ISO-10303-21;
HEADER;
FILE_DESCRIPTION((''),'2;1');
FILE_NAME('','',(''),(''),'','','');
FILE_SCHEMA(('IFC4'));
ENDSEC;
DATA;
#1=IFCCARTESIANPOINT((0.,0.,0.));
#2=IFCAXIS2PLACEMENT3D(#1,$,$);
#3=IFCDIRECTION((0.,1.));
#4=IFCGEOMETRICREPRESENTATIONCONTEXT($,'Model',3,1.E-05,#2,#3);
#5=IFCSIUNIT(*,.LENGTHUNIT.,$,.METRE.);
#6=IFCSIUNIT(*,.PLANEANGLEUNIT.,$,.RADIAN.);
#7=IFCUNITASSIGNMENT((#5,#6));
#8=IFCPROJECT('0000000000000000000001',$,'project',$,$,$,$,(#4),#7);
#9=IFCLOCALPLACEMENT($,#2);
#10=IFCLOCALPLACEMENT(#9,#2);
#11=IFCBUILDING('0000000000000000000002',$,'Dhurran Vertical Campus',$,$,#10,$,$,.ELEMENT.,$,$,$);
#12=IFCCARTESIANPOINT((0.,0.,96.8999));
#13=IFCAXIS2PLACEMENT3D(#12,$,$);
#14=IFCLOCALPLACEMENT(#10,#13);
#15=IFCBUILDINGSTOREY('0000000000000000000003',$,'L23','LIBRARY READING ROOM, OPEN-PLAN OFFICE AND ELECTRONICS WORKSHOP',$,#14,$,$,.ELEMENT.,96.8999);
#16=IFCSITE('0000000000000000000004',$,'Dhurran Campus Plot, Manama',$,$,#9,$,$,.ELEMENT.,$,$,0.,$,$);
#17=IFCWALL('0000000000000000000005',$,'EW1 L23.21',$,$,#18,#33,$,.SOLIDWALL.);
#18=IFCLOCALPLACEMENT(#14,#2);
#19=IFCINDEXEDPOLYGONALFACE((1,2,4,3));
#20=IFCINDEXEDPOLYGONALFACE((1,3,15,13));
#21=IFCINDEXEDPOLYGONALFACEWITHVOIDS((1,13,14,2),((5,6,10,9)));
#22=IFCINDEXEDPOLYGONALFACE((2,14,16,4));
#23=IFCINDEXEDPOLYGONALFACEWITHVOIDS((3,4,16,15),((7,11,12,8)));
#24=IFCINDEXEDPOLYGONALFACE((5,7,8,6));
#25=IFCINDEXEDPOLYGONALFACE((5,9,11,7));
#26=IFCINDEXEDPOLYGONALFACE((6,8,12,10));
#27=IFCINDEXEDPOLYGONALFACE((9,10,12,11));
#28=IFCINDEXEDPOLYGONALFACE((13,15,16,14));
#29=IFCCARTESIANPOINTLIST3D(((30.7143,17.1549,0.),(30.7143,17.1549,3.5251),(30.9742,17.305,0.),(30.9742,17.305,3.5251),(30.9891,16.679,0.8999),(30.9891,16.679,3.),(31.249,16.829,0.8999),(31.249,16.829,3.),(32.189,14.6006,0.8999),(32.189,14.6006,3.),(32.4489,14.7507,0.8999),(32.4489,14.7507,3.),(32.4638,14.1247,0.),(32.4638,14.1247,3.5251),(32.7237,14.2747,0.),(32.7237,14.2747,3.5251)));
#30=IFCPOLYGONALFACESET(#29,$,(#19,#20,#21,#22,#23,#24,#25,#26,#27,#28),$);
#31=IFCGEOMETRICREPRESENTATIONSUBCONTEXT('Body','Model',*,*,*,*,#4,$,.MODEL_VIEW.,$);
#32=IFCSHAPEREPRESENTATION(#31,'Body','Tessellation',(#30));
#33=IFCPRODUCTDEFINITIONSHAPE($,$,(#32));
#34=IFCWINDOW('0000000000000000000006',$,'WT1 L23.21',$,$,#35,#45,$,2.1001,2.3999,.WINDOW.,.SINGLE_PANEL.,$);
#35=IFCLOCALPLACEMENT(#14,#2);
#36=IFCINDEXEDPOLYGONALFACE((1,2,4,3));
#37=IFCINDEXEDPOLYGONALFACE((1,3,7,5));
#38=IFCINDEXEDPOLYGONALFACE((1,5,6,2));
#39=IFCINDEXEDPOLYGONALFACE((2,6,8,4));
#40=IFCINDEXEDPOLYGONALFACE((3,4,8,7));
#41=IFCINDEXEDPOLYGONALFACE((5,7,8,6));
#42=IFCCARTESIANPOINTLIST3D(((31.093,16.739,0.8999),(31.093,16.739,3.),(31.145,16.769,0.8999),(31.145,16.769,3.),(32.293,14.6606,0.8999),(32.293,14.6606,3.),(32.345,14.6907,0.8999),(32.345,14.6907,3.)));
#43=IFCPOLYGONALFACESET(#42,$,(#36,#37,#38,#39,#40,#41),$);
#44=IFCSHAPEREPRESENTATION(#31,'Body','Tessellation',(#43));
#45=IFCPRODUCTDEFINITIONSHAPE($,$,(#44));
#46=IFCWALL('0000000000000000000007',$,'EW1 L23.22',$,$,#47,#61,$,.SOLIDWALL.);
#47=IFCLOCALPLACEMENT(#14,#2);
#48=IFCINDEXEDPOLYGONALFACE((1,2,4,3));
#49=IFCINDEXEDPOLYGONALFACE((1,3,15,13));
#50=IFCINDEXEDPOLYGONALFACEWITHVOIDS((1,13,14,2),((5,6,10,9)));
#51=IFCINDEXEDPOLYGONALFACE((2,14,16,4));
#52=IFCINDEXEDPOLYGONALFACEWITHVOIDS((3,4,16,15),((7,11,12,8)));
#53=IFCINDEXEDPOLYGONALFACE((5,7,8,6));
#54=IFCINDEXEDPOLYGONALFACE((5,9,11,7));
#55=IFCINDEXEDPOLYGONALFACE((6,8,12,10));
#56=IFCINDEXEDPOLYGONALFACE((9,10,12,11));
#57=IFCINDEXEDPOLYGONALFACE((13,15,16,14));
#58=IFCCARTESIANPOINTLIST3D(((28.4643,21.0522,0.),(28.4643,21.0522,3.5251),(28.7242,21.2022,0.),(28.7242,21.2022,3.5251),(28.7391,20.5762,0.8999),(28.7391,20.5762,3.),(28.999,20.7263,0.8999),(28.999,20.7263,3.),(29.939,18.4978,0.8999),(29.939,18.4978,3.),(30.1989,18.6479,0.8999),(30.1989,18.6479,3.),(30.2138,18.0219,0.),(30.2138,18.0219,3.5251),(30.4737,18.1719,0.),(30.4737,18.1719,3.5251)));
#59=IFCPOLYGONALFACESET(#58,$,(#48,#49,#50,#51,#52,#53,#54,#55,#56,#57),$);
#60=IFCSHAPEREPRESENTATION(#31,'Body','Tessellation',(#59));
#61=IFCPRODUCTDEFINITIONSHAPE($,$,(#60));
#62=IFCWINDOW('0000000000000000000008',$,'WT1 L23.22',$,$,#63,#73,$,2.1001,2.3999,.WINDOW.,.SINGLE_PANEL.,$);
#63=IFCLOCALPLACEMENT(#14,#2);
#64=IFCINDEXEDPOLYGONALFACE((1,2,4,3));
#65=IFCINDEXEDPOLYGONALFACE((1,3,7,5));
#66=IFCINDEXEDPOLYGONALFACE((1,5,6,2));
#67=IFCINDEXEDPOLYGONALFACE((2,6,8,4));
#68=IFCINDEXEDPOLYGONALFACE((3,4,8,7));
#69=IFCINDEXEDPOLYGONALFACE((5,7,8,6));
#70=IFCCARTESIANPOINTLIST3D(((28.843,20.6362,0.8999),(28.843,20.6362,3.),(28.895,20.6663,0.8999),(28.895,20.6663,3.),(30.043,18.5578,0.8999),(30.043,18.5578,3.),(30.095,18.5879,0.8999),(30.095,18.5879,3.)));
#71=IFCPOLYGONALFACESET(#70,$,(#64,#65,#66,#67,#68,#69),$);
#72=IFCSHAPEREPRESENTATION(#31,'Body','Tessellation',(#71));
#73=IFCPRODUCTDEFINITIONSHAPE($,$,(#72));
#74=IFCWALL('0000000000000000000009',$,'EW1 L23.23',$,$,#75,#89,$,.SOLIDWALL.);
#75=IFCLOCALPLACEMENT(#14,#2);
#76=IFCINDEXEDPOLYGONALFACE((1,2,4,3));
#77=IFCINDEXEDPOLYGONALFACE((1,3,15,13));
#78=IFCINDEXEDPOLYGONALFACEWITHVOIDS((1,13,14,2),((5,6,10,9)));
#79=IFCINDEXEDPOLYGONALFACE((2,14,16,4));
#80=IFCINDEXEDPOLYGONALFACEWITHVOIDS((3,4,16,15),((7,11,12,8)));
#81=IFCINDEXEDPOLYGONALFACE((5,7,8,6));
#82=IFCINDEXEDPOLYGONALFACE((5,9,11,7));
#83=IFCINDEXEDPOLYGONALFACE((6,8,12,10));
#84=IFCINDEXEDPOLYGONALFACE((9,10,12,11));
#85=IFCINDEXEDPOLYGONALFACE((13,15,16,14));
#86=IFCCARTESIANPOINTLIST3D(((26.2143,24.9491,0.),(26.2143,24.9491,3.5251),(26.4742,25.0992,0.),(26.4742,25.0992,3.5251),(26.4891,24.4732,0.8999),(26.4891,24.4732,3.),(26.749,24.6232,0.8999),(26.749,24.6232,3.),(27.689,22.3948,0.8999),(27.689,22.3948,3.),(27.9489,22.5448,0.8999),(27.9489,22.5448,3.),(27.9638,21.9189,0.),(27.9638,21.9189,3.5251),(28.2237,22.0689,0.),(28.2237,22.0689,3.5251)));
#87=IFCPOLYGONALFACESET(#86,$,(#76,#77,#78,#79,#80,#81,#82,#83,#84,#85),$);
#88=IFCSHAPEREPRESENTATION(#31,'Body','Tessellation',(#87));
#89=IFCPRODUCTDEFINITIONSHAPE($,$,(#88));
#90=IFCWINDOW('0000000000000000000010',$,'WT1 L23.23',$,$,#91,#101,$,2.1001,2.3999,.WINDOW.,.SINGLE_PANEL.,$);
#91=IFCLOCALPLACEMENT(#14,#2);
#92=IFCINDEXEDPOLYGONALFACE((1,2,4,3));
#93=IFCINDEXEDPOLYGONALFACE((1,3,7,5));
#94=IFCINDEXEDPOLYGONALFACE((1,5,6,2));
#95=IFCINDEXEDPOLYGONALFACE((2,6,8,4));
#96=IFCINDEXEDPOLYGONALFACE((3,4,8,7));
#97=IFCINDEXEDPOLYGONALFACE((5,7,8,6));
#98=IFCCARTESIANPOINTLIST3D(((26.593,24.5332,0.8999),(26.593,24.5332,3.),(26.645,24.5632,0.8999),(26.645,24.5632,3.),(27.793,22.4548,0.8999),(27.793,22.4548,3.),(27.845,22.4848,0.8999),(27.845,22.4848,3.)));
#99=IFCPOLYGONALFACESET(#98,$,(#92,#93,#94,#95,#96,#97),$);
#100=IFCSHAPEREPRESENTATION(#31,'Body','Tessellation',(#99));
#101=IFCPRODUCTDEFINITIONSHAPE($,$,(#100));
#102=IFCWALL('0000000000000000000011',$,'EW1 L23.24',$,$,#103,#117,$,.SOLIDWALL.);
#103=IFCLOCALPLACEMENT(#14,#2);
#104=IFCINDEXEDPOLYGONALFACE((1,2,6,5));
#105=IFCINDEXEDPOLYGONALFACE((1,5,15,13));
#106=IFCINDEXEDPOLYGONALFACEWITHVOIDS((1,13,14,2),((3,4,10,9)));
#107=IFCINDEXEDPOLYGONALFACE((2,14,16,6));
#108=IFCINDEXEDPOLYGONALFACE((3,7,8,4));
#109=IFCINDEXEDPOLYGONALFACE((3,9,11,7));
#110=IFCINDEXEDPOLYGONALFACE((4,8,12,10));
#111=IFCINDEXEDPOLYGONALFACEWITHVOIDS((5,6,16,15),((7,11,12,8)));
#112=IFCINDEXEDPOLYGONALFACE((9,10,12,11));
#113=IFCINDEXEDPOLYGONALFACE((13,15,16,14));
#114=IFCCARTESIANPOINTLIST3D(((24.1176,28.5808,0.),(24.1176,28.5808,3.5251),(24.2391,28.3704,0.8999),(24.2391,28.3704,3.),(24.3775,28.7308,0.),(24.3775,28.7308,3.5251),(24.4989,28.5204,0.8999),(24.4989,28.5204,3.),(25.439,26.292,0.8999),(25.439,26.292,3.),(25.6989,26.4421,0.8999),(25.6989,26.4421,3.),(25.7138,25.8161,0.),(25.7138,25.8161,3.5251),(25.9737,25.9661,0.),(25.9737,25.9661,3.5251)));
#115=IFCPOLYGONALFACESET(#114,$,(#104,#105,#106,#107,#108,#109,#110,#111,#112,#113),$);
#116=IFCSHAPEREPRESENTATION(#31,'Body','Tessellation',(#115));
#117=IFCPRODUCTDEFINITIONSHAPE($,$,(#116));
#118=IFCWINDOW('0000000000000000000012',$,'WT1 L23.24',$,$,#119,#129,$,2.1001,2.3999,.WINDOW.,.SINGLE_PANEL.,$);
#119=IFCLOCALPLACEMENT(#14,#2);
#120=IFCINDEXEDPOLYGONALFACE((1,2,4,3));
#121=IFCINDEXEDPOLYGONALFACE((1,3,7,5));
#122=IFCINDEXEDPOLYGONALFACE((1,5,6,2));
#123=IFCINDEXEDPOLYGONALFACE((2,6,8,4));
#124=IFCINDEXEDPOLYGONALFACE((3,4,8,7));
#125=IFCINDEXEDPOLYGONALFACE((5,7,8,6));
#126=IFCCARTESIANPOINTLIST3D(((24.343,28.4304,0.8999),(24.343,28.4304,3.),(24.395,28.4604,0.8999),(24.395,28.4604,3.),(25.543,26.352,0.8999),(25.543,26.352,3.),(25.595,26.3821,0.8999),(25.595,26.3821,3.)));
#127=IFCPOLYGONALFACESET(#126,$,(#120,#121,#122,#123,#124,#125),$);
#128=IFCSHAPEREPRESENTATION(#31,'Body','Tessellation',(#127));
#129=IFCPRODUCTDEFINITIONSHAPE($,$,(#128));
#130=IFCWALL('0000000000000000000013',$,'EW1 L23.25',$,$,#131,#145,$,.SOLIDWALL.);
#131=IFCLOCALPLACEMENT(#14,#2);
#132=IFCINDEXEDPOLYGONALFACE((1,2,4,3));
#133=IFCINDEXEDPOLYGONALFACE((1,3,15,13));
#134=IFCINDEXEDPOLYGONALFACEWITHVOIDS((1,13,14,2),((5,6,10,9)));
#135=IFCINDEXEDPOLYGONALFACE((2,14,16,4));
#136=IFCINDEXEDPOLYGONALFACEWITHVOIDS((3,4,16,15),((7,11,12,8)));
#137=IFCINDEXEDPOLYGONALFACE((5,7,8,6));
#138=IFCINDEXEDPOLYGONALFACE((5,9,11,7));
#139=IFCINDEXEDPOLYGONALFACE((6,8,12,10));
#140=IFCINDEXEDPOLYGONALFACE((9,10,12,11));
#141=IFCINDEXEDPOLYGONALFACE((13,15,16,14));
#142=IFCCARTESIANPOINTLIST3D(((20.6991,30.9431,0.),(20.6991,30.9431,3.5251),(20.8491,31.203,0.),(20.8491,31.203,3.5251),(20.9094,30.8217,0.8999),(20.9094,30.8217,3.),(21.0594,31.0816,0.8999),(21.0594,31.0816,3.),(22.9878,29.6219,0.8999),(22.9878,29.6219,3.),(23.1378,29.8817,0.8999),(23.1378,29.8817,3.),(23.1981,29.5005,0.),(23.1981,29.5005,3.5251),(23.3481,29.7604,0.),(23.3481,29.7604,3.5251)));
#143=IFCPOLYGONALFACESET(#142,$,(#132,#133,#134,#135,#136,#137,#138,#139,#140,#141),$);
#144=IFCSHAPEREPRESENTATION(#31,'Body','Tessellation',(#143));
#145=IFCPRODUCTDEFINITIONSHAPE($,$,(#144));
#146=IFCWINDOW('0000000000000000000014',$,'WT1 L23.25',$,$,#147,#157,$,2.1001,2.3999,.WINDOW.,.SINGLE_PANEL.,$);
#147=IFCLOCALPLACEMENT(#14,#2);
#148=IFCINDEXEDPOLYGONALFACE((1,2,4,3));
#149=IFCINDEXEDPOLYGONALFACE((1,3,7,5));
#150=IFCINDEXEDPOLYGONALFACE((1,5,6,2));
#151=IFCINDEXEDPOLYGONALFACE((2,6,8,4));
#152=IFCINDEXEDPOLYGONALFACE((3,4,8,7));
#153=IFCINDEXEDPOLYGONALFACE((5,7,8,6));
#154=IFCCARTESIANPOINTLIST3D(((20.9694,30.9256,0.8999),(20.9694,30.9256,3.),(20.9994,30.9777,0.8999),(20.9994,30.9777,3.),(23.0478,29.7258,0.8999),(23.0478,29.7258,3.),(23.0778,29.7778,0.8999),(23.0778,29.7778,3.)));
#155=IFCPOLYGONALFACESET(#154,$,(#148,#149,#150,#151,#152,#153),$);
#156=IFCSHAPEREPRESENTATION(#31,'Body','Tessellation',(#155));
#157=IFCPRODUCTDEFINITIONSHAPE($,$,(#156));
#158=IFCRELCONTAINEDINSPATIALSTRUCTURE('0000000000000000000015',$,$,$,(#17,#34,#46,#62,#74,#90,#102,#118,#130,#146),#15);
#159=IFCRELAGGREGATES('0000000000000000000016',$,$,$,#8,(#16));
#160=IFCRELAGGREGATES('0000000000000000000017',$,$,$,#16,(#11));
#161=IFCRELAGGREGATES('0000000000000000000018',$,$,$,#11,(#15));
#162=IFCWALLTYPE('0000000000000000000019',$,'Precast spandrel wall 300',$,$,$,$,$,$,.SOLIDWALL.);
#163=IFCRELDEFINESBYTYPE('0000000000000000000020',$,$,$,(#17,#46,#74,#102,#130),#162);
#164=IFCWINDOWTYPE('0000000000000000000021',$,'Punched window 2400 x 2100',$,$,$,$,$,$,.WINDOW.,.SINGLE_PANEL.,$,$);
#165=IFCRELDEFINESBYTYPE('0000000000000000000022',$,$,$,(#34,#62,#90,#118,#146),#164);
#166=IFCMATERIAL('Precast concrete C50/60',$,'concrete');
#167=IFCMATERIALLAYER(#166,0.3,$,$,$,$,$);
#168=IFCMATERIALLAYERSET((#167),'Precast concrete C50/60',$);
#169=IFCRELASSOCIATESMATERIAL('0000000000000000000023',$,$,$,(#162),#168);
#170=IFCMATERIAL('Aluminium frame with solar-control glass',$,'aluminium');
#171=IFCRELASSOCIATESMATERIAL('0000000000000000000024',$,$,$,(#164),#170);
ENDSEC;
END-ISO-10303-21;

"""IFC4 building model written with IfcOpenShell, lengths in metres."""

from ifc_helpers import new_model, si_unit, direction, frame, frame_2d, origin, place, context, subcontext, project, spatial, rectangle, extrude, material, layer, layer_set, type_object, element, fill, save


model = new_model("IFC4")

# Units and contexts
model_context = context("Model", 3, precision=1e-05, world=origin(), true_north=direction((0.0, 1.0)))
body_context = subcontext(model_context, "Body", "Model", "MODEL_VIEW")
ifc_project = project(units=[si_unit("LENGTHUNIT", "METRE"), si_unit("PLANEANGLEUNIT", "RADIAN")], contexts=[model_context])

# Site, building, storey
site_placement = place(None, origin())
site = spatial("IfcSite", under=ifc_project, at=site_placement, Name="Dhurran Campus Plot, Manama", CompositionType="ELEMENT", RefElevation=0.0)
building_placement = place(site_placement, origin())
building = spatial("IfcBuilding", under=site, at=building_placement, Name="Dhurran Vertical Campus", CompositionType="ELEMENT")
storey_placement = place(building_placement, frame((0.0, 0.0, 96.8999)))
storey = spatial("IfcBuildingStorey", under=building, at=storey_placement, Name="L23", Description="LIBRARY READING ROOM, OPEN-PLAN OFFICE AND ELECTRONICS WORKSHOP", CompositionType="ELEMENT", Elevation=96.8999)

# Walls, openings, windows
ifc_material_1 = material(Name="Precast concrete C50/60", Category="concrete")
ifc_layer_1 = layer(ifc_material_1, 0.3)
ifc_layer_set_1 = layer_set([ifc_layer_1], Name="Precast concrete C50/60")
wall_type_1 = type_object("IfcWallType", Name="Precast spandrel wall 300", PredefinedType="SOLIDWALL", material=ifc_layer_set_1)
wall_1_placement = place(storey_placement, frame((32.5938, 14.1997, 0.0), z_axis=(0.0, 0.0, 1.0), x_axis=(-0.499996, 0.866028, 0.0)))
wall_1 = element("IfcWall", 1, at=wall_1_placement, inside=storey, type_object=wall_type_1, Name="EW1 L23.21", PredefinedType="SOLIDWALL", context=body_context, shape_type="SweptSolid", body=[
    extrude(rectangle(XDim=3.499, YDim=0.3, at=frame_2d((1.7495, 0.0))), origin(), (0.0, 0.0, 1.0), 3.5251),
])
opening_1_placement = place(wall_1_placement, frame((0.5496, 0.0, 0.8999)))
opening_1 = element("IfcOpeningElement", 2, at=opening_1_placement, cuts=wall_1, PredefinedType="OPENING", context=body_context, shape_type="SweptSolid", body=[
    extrude(rectangle(XDim=2.3999, YDim=2.1001, at=frame_2d((1.2, 1.05))), frame((0.0, 0.1599, 0.0), z_axis=(0.0, -1.0, 0.0), x_axis=(1.0, 0.0, 0.0)), (0.0, 0.0, 1.0), 0.3201),
])
ifc_material_2 = material(Name="Aluminium frame with solar-control glass", Category="aluminium")
window_type = type_object("IfcWindowType", Name="Punched window 2400 x 2100", PartitioningType="SINGLE_PANEL", PredefinedType="WINDOW", material=ifc_material_2)
window_1_placement = place(opening_1_placement, origin())
window_1 = element("IfcWindow", 3, at=window_1_placement, inside=storey, type_object=window_type, Name="WT1 L23.21", OverallHeight=2.1001, OverallWidth=2.3999, PartitioningType="SINGLE_PANEL", PredefinedType="WINDOW", context=body_context, shape_type="SweptSolid", body=[
    extrude(rectangle(XDim=2.3999, YDim=2.1001, at=frame_2d((1.2, 1.05))), frame((0.0, 0.03, 0.0), z_axis=(0.0, -1.0, 0.0), x_axis=(1.0, 0.0, 0.0)), (0.0, 0.0, 1.0), 0.0601),
])
fill(opening_1, window_1)
wall_2_placement = place(storey_placement, frame((30.3438, 18.0969, 0.0), z_axis=(0.0, 0.0, 1.0), x_axis=(-0.499996, 0.866028, 0.0)))
wall_2 = element("IfcWall", 4, at=wall_2_placement, inside=storey, type_object=wall_type_1, Name="EW1 L23.22", PredefinedType="SOLIDWALL", context=body_context, shape_type="SweptSolid", body=[
    extrude(rectangle(XDim=3.499, YDim=0.3, at=frame_2d((1.7495, 0.0))), origin(), (0.0, 0.0, 1.0), 3.5251),
])
opening_2_placement = place(wall_2_placement, frame((0.5496, 0.0, 0.8999)))
opening_2 = element("IfcOpeningElement", 5, at=opening_2_placement, cuts=wall_2, PredefinedType="OPENING", context=body_context, shape_type="SweptSolid", body=[
    extrude(rectangle(XDim=2.3999, YDim=2.1001, at=frame_2d((1.2, 1.05))), frame((0.0, 0.1599, 0.0), z_axis=(0.0, -1.0, 0.0), x_axis=(1.0, 0.0, 0.0)), (0.0, 0.0, 1.0), 0.3201),
])
window_2_placement = place(opening_2_placement, origin())
window_2 = element("IfcWindow", 6, at=window_2_placement, inside=storey, type_object=window_type, Name="WT1 L23.22", OverallHeight=2.1001, OverallWidth=2.3999, PartitioningType="SINGLE_PANEL", PredefinedType="WINDOW", context=body_context, shape_type="SweptSolid", body=[
    extrude(rectangle(XDim=2.3999, YDim=2.1001, at=frame_2d((1.2, 1.05))), frame((0.0, 0.03, 0.0), z_axis=(0.0, -1.0, 0.0), x_axis=(1.0, 0.0, 0.0)), (0.0, 0.0, 1.0), 0.0601),
])
fill(opening_2, window_2)
wall_3_placement = place(storey_placement, frame((28.0938, 21.9939, 0.0), z_axis=(0.0, 0.0, 1.0), x_axis=(-0.499996, 0.866028, 0.0)))
wall_3 = element("IfcWall", 7, at=wall_3_placement, inside=storey, type_object=wall_type_1, Name="EW1 L23.23", PredefinedType="SOLIDWALL", context=body_context, shape_type="SweptSolid", body=[
    extrude(rectangle(XDim=3.499, YDim=0.3, at=frame_2d((1.7495, 0.0))), origin(), (0.0, 0.0, 1.0), 3.5251),
])
opening_3_placement = place(wall_3_placement, frame((0.5496, 0.0, 0.8999)))
opening_3 = element("IfcOpeningElement", 8, at=opening_3_placement, cuts=wall_3, PredefinedType="OPENING", context=body_context, shape_type="SweptSolid", body=[
    extrude(rectangle(XDim=2.3999, YDim=2.1001, at=frame_2d((1.2, 1.05))), frame((0.0, 0.1599, 0.0), z_axis=(0.0, -1.0, 0.0), x_axis=(1.0, 0.0, 0.0)), (0.0, 0.0, 1.0), 0.3201),
])
window_3_placement = place(opening_3_placement, origin())
window_3 = element("IfcWindow", 9, at=window_3_placement, inside=storey, type_object=window_type, Name="WT1 L23.23", OverallHeight=2.1001, OverallWidth=2.3999, PartitioningType="SINGLE_PANEL", PredefinedType="WINDOW", context=body_context, shape_type="SweptSolid", body=[
    extrude(rectangle(XDim=2.3999, YDim=2.1001, at=frame_2d((1.2, 1.05))), frame((0.0, 0.03, 0.0), z_axis=(0.0, -1.0, 0.0), x_axis=(1.0, 0.0, 0.0)), (0.0, 0.0, 1.0), 0.0601),
])
fill(opening_3, window_3)
wall_4_placement = place(storey_placement, frame((25.8438, 25.8911, 0.0), z_axis=(0.0, 0.0, 1.0), x_axis=(-0.500005, 0.866023, 0.0)))
wall_4 = element("IfcWall", 10, at=wall_4_placement, inside=storey, type_object=wall_type_1, Name="EW1 L23.24", PredefinedType="SOLIDWALL", context=body_context, shape_type="SweptSolid", body=[
    extrude(rectangle(XDim=3.1924, YDim=0.3, at=frame_2d((1.5962, 0.0))), origin(), (0.0, 0.0, 1.0), 3.5251),
])
opening_4_placement = place(wall_4_placement, frame((0.5496, 0.0, 0.8999)))
opening_4 = element("IfcOpeningElement", 11, at=opening_4_placement, cuts=wall_4, PredefinedType="OPENING", context=body_context, shape_type="SweptSolid", body=[
    extrude(rectangle(XDim=2.3999, YDim=2.1001, at=frame_2d((1.2, 1.05))), frame((0.0, 0.1599, 0.0), z_axis=(0.0, -1.0, 0.0), x_axis=(1.0, 0.0, 0.0)), (0.0, 0.0, 1.0), 0.3201),
])
window_4_placement = place(opening_4_placement, origin())
window_4 = element("IfcWindow", 12, at=window_4_placement, inside=storey, type_object=window_type, Name="WT1 L23.24", OverallHeight=2.1001, OverallWidth=2.3999, PartitioningType="SINGLE_PANEL", PredefinedType="WINDOW", context=body_context, shape_type="SweptSolid", body=[
    extrude(rectangle(XDim=2.3999, YDim=2.1001, at=frame_2d((1.2, 1.05))), frame((0.0, 0.03, 0.0), z_axis=(0.0, -1.0, 0.0), x_axis=(1.0, 0.0, 0.0)), (0.0, 0.0, 1.0), 0.0601),
])
fill(opening_4, window_4)
wall_5_placement = place(storey_placement, frame((23.2732, 29.6304, 0.0), z_axis=(0.0, 0.0, 1.0), x_axis=(-0.866053, 0.499952, 0.0)))
wall_5 = element("IfcWall", 13, at=wall_5_placement, inside=storey, type_object=wall_type_1, Name="EW1 L23.25", PredefinedType="SOLIDWALL", context=body_context, shape_type="SweptSolid", body=[
    extrude(rectangle(XDim=2.8855, YDim=0.3, at=frame_2d((1.4429, 0.0))), origin(), (0.0, 0.0, 1.0), 3.5251),
])
opening_5_placement = place(wall_5_placement, frame((0.2429, 0.0, 0.8999)))
opening_5 = element("IfcOpeningElement", 14, at=opening_5_placement, cuts=wall_5, PredefinedType="OPENING", context=body_context, shape_type="SweptSolid", body=[
    extrude(rectangle(XDim=2.3999, YDim=2.1001, at=frame_2d((1.2, 1.05))), frame((0.0, 0.1599, 0.0), z_axis=(0.0, -1.0, 0.0), x_axis=(1.0, 0.0, 0.0)), (0.0, 0.0, 1.0), 0.3201),
])
window_5_placement = place(opening_5_placement, origin())
window_5 = element("IfcWindow", 15, at=window_5_placement, inside=storey, type_object=window_type, Name="WT1 L23.25", OverallHeight=2.1001, OverallWidth=2.3999, PartitioningType="SINGLE_PANEL", PredefinedType="WINDOW", context=body_context, shape_type="SweptSolid", body=[
    extrude(rectangle(XDim=2.3999, YDim=2.1001, at=frame_2d((1.2, 1.05))), frame((0.0, 0.03, 0.0), z_axis=(0.0, -1.0, 0.0), x_axis=(1.0, 0.0, 0.0)), (0.0, 0.0, 1.0), 0.0601),
])
fill(opening_5, window_5)

save(model, "model.ifc")
